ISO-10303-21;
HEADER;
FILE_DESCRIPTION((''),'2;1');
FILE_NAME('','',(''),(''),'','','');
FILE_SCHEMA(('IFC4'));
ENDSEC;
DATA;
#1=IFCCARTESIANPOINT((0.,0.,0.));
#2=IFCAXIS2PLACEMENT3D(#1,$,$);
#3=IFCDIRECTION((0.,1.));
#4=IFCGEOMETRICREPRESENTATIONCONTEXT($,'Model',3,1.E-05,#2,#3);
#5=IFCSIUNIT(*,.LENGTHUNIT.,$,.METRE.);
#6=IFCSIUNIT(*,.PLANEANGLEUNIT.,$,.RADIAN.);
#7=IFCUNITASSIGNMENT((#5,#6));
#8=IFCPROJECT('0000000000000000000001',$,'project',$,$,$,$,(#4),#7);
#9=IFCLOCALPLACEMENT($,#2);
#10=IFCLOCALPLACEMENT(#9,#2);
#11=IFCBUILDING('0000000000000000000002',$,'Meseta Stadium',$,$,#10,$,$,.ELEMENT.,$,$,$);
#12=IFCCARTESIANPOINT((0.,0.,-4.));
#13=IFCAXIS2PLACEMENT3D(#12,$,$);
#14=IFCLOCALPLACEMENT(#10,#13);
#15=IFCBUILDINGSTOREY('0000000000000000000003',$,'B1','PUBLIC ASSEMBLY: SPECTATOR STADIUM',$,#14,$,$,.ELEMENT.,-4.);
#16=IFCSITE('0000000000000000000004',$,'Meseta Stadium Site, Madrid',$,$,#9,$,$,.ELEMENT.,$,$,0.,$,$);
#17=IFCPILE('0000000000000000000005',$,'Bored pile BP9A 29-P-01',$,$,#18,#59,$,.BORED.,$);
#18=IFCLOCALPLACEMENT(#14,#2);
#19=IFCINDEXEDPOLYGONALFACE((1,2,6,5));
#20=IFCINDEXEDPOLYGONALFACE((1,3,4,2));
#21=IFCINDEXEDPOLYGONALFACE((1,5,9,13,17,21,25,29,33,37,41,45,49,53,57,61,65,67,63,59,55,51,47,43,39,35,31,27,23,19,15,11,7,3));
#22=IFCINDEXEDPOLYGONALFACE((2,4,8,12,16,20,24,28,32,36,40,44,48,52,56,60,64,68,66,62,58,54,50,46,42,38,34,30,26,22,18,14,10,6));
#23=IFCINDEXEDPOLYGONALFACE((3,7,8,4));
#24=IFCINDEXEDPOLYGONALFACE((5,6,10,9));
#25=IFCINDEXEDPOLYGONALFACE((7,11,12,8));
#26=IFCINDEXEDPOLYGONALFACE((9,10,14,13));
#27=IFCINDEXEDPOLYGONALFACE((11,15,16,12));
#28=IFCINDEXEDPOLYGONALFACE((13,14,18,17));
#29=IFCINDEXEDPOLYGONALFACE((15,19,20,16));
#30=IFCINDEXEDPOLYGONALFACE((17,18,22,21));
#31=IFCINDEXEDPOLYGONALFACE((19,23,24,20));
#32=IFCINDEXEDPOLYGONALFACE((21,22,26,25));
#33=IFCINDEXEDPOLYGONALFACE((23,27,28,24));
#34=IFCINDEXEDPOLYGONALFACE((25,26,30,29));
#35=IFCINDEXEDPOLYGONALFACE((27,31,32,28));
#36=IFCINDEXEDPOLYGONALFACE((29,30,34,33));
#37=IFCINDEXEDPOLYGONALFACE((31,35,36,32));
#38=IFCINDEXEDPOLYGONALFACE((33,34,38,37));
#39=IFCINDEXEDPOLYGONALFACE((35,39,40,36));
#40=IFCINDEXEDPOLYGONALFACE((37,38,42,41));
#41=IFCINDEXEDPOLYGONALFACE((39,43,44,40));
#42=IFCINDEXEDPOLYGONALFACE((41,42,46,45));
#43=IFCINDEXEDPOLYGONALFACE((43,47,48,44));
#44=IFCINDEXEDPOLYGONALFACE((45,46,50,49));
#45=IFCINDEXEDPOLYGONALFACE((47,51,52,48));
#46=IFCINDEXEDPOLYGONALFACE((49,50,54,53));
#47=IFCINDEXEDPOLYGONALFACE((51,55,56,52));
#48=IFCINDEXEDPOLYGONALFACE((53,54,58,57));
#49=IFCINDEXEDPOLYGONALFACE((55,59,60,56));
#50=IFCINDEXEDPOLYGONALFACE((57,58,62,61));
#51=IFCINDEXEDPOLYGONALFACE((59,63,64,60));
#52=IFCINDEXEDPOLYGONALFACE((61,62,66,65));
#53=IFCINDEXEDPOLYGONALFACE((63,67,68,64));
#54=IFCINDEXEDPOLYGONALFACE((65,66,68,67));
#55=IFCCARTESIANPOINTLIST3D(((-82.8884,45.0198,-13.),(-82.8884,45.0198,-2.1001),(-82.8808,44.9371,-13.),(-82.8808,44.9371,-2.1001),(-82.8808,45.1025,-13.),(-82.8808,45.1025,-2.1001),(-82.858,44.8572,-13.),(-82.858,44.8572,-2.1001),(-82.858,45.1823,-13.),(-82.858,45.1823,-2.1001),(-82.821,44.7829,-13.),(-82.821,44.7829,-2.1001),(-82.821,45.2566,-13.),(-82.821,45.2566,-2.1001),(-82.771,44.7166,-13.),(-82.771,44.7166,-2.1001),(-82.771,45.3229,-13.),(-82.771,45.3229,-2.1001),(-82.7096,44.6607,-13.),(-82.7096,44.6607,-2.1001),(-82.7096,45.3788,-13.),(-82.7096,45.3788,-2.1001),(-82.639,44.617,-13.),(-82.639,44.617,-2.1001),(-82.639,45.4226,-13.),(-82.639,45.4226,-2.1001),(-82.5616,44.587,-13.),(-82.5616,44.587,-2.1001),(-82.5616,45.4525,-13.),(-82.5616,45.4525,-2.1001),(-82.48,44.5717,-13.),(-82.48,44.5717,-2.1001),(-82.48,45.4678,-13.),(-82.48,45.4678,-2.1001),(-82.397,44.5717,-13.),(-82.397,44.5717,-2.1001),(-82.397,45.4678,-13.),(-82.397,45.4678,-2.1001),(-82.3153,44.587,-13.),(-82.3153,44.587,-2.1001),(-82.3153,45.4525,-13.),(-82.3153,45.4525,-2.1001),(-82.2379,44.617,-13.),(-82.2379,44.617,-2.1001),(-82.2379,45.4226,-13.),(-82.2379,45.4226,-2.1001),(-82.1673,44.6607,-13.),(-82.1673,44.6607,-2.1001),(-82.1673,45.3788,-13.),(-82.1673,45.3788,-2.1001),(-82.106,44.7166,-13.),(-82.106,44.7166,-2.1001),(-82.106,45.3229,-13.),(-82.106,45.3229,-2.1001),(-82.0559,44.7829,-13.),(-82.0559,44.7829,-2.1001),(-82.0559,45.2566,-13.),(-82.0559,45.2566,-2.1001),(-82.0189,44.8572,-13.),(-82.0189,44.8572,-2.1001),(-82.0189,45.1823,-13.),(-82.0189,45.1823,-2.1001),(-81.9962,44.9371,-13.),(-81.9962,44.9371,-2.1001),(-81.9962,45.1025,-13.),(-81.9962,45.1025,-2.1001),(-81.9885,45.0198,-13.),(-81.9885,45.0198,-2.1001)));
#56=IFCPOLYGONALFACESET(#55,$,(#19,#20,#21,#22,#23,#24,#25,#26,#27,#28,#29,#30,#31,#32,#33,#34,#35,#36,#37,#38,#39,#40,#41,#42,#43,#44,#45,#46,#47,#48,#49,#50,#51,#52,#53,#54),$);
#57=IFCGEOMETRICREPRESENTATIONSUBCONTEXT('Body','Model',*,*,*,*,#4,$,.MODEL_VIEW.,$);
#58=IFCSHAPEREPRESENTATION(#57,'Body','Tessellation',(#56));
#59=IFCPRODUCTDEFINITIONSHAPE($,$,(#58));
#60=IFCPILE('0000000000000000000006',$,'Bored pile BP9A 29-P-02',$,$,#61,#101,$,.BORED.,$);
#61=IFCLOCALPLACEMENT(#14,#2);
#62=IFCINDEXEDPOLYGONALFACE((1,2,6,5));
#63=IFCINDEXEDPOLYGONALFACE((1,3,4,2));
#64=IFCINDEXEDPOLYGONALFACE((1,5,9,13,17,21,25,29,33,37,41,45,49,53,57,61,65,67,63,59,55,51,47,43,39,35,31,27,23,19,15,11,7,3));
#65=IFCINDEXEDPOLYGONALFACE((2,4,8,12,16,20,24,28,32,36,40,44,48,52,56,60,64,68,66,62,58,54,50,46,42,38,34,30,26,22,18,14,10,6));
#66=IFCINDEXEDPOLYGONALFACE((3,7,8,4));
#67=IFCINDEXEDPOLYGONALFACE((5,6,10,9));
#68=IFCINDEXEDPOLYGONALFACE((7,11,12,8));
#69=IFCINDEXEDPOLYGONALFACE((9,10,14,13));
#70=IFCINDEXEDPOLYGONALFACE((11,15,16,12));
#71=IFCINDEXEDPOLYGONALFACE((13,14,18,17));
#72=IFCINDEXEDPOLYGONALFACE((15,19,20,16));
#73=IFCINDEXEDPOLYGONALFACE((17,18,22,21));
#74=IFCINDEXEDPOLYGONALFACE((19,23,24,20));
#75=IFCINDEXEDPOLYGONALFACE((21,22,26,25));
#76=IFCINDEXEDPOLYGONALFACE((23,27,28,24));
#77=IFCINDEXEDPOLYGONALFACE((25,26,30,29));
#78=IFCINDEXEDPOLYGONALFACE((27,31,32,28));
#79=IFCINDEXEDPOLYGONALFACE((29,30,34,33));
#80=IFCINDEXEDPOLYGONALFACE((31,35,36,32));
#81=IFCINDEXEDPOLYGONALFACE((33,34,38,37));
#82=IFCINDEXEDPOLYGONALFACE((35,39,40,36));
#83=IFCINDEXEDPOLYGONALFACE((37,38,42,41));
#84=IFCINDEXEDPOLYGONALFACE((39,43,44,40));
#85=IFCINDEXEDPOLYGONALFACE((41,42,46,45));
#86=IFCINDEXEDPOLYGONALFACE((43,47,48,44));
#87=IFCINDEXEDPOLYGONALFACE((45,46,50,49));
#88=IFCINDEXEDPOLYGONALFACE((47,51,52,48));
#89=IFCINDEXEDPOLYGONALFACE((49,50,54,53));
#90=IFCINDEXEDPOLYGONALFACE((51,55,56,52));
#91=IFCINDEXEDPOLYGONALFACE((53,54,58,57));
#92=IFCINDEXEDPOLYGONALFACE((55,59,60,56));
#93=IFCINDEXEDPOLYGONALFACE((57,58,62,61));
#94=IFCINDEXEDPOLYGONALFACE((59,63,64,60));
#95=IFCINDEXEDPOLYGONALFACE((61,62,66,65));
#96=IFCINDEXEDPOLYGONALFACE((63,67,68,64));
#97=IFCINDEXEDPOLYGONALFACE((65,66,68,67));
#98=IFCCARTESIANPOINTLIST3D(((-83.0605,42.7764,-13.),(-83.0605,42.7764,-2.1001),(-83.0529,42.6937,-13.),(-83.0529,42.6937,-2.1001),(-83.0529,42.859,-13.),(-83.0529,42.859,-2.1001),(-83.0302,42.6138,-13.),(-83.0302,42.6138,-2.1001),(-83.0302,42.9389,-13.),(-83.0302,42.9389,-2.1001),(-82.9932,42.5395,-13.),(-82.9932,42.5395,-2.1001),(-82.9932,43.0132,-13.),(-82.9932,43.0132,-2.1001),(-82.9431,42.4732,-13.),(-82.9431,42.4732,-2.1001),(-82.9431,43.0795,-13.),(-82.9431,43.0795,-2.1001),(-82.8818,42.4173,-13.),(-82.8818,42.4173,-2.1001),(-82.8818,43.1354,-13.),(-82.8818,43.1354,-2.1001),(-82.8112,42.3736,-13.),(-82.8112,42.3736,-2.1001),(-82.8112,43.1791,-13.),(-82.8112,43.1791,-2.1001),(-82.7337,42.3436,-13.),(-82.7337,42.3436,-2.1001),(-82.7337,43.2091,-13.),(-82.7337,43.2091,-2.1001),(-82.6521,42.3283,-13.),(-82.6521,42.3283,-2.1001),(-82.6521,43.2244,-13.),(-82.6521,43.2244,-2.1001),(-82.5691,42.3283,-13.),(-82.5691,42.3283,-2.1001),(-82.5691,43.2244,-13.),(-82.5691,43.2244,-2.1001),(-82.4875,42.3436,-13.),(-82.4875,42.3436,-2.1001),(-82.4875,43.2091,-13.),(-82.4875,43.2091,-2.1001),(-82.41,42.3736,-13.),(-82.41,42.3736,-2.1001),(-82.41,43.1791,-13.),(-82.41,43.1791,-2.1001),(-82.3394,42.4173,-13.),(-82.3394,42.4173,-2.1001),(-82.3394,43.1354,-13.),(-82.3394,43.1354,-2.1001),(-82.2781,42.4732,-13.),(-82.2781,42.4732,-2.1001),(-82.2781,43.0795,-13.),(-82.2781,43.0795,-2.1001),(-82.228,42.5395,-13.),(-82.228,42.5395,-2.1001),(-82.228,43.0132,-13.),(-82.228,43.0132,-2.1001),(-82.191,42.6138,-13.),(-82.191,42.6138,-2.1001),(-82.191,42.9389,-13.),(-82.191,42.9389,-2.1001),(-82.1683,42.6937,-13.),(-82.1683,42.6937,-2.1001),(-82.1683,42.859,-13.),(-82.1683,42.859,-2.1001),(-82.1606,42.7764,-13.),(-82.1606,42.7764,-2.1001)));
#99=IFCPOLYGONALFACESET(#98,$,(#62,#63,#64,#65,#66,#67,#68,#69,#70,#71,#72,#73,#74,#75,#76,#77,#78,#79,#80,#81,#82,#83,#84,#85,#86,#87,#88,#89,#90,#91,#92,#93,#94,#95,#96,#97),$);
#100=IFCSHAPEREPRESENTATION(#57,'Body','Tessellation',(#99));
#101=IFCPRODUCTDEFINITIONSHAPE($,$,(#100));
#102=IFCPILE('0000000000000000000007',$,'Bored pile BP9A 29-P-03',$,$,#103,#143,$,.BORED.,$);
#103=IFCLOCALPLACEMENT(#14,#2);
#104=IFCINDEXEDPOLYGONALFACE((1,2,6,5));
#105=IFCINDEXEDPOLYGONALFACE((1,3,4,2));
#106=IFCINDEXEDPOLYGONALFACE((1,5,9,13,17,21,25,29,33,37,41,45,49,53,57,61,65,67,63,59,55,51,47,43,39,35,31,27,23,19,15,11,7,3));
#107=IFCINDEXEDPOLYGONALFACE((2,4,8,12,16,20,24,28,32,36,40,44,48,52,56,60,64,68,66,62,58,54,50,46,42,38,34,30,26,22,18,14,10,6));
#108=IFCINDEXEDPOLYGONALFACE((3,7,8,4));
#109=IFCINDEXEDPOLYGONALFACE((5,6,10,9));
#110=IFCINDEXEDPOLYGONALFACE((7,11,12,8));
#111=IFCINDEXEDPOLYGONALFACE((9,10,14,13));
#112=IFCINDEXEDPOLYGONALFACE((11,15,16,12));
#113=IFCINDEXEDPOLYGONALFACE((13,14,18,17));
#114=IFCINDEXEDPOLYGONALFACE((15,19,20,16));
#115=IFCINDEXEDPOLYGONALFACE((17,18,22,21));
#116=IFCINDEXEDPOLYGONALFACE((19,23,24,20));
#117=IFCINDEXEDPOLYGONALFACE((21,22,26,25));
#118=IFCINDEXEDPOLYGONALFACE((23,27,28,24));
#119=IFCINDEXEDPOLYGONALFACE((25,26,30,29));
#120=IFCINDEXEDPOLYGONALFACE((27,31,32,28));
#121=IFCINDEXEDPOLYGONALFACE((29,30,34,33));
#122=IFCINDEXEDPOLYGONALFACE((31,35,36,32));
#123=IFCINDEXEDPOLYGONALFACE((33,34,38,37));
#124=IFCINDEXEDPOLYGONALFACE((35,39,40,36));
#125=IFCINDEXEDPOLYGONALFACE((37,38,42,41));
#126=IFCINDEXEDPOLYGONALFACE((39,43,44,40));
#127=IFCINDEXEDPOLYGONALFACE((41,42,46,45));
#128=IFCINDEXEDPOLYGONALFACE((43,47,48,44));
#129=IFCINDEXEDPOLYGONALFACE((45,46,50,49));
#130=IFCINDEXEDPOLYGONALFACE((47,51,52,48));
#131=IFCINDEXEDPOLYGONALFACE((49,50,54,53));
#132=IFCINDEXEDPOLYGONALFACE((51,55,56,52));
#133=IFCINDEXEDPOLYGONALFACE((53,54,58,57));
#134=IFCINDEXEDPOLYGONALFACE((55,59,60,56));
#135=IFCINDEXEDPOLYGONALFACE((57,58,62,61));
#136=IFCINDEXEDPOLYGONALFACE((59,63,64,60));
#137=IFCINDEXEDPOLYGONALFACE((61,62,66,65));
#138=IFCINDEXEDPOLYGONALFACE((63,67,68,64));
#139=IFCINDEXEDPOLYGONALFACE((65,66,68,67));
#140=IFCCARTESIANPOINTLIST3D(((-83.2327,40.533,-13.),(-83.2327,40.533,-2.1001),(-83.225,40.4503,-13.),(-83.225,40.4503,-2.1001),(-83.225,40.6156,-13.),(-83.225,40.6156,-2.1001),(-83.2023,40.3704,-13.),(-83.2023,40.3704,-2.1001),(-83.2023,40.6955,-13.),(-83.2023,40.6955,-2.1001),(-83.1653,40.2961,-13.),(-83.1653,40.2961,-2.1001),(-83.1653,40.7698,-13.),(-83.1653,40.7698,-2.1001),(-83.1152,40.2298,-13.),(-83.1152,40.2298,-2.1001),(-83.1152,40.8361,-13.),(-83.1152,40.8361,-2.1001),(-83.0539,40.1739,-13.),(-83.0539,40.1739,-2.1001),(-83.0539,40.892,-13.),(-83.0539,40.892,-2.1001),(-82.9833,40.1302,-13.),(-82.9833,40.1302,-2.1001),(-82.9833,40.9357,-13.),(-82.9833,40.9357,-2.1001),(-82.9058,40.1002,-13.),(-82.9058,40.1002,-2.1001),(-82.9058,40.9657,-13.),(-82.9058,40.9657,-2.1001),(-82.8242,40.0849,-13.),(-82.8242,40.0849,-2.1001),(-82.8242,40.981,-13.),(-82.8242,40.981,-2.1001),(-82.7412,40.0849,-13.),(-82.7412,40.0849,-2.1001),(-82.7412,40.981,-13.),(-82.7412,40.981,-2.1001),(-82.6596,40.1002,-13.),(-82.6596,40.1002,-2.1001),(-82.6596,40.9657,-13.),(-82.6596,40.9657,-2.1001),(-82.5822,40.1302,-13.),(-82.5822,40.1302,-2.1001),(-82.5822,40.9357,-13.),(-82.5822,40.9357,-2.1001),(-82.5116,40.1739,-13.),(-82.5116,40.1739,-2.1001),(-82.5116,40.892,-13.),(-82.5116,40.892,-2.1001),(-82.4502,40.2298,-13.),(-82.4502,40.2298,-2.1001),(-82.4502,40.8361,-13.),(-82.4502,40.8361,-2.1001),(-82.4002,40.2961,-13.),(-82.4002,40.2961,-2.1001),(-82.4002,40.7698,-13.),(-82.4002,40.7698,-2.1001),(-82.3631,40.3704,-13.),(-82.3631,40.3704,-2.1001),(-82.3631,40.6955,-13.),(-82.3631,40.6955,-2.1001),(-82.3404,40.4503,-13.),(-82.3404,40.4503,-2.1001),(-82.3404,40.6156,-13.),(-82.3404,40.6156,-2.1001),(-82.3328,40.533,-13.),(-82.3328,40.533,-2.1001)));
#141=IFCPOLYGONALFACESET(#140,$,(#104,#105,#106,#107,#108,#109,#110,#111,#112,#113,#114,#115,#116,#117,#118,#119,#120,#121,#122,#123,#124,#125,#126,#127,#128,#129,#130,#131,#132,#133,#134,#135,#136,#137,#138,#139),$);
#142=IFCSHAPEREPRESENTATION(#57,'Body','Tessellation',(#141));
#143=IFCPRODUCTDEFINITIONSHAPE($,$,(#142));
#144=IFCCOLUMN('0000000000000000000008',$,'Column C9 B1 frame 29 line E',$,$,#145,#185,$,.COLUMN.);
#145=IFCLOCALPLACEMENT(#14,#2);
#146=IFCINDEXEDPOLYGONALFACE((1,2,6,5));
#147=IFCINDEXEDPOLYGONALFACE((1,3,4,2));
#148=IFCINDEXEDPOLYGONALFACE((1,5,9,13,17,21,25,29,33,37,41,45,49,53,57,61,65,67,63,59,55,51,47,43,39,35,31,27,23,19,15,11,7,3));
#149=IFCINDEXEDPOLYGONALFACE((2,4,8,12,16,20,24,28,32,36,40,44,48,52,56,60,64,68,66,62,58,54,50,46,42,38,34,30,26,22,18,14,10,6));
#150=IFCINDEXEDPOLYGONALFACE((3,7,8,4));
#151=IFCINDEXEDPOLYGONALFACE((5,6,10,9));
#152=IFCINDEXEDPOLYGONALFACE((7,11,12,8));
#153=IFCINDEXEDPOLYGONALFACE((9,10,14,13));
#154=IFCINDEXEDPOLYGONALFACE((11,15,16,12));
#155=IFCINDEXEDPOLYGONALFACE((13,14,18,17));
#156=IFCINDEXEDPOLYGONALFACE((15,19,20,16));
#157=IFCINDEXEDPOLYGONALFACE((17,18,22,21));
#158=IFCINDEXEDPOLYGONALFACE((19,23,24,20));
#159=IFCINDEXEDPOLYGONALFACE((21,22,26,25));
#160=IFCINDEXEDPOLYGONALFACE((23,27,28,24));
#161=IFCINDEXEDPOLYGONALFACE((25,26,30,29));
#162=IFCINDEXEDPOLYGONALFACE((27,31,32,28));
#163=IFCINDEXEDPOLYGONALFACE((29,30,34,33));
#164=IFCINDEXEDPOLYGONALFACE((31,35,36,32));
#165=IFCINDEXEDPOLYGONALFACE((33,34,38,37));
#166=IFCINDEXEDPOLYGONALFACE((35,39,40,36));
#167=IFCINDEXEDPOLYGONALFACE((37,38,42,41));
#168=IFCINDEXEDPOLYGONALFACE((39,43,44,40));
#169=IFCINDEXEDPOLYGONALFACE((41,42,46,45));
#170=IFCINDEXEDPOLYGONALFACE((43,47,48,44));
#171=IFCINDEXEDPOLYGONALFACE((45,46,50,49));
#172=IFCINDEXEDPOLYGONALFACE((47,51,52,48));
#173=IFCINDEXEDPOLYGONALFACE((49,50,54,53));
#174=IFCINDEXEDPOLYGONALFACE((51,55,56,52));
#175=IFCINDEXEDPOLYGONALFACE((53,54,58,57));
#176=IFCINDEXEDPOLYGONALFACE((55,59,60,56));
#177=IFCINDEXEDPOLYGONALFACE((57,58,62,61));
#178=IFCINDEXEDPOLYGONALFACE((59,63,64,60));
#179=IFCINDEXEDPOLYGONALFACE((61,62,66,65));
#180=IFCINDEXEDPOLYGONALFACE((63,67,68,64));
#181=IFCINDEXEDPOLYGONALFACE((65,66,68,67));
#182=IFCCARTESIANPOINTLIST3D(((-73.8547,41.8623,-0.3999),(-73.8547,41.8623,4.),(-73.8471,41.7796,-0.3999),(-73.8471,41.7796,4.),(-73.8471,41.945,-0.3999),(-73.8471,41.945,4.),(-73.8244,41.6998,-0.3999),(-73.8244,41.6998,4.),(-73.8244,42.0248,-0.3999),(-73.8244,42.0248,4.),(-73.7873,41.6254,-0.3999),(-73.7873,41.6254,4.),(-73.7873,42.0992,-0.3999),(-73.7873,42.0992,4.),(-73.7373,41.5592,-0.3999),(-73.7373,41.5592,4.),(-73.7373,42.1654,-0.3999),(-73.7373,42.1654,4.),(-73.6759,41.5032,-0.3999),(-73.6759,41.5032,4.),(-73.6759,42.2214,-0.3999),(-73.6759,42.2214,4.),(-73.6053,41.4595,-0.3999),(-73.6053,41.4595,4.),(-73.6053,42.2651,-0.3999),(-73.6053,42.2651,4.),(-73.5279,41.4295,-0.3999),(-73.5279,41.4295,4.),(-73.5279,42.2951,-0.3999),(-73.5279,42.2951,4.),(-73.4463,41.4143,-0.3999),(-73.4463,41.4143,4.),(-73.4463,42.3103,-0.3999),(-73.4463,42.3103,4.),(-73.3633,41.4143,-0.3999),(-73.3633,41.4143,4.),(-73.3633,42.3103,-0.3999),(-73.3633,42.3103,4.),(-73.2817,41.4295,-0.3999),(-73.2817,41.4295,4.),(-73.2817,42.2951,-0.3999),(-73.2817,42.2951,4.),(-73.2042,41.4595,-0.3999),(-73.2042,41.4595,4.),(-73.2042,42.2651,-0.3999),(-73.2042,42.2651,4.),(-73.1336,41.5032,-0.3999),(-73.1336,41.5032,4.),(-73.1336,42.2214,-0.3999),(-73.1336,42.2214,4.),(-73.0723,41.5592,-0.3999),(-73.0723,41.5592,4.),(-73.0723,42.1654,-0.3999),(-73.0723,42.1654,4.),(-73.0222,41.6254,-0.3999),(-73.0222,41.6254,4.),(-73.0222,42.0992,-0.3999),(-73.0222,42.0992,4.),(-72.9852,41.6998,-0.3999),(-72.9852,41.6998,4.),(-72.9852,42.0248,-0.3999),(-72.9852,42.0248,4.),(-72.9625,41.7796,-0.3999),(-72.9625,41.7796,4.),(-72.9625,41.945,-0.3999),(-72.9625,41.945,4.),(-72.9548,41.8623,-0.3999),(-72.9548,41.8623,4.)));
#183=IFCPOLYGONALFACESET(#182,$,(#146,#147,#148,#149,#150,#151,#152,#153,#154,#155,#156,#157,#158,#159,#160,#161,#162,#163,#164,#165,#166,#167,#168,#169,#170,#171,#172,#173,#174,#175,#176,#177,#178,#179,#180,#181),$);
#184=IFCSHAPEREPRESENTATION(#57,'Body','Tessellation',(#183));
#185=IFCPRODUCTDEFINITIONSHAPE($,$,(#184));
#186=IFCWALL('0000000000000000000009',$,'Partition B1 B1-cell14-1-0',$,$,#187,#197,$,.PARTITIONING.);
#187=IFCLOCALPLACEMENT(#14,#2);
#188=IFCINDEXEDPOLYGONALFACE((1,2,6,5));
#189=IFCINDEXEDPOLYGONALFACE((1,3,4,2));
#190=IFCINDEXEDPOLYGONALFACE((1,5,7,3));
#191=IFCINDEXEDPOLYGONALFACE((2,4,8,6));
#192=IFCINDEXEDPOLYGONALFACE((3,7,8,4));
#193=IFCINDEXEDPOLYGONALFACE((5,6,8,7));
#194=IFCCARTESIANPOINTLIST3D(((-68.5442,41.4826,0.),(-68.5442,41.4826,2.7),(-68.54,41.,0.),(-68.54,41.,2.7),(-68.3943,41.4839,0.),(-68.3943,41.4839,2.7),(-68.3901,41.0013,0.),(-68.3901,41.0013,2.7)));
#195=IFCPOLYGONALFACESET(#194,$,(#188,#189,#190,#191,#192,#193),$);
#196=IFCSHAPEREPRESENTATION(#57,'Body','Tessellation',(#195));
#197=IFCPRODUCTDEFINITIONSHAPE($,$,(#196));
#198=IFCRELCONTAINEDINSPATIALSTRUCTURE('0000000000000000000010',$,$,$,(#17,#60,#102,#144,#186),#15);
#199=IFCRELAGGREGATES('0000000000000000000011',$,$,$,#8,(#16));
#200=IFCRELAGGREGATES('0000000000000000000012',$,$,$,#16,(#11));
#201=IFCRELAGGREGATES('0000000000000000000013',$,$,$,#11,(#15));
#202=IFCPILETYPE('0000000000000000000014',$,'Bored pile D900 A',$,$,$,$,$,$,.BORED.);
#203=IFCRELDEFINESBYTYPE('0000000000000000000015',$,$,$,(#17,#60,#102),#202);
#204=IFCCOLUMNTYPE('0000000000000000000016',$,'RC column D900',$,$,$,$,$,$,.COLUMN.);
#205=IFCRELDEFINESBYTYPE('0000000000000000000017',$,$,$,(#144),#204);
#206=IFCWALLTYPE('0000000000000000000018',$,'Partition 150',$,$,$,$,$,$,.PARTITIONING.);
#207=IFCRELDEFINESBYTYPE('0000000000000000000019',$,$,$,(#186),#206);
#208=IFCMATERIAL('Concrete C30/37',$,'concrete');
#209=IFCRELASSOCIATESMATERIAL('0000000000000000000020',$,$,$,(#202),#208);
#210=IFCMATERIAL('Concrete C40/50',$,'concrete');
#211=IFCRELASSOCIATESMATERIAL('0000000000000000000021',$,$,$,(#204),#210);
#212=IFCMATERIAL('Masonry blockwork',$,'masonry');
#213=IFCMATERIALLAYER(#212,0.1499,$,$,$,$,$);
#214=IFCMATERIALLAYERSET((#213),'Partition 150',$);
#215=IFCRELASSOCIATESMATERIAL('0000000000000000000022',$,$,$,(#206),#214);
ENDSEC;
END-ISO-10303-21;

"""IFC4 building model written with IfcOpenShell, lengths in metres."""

from ifc_helpers import new_model, si_unit, direction, frame, frame_2d, origin, origin_2d, place, context, subcontext, project, spatial, rectangle, circle, extrude, material, layer, layer_set, material_profile, profile_set, type_object, element, save


model = new_model("IFC4")

# Units and contexts
model_context = context("Model", 3, precision=1e-05, world=origin(), true_north=direction((0.0, 1.0)))
body_context = subcontext(model_context, "Body", "Model", "MODEL_VIEW")
ifc_project = project(units=[si_unit("LENGTHUNIT", "METRE"), si_unit("PLANEANGLEUNIT", "RADIAN")], contexts=[model_context])

# Site, building, storey
site_placement = place(None, origin())
site = spatial("IfcSite", under=ifc_project, at=site_placement, Name="Meseta Stadium Site, Madrid", CompositionType="ELEMENT", RefElevation=0.0)
building_placement = place(site_placement, origin())
building = spatial("IfcBuilding", under=site, at=building_placement, Name="Meseta Stadium", CompositionType="ELEMENT")
storey_placement = place(building_placement, frame((0.0, 0.0, -4.0)))
storey = spatial("IfcBuildingStorey", under=building, at=storey_placement, Name="B1", Description="PUBLIC ASSEMBLY: SPECTATOR STADIUM", CompositionType="ELEMENT", Elevation=-4.0)

# Piles
ifc_material_1 = material(Name="Concrete C30/37", Category="concrete")
ifc_material_profile_1 = material_profile(ifc_material_1, circle(Radius=0.45, at=origin_2d()), Name="D900")
ifc_profile_set_1 = profile_set([ifc_material_profile_1], Name="Concrete C30/37")
pile_type = type_object("IfcPileType", Name="Bored pile D900 A", PredefinedType="BORED", material=ifc_profile_set_1)
for number, where, z_axis, x_axis, name in (
    (1, (-82.4385, 45.0198, -2.1001), (0.0, 0.0, -1.0), (1.0, 0.0, 0.0), "Bored pile BP9A 29-P-01"),
    (2, (-82.6106, 42.7764, -2.1001), (0.0, 0.0, -1.0), (1.0, 0.0, 0.0), "Bored pile BP9A 29-P-02"),
    (3, (-82.7827, 40.533, -2.1001), (0.0, 0.0, -1.0), (1.0, 0.0, 0.0), "Bored pile BP9A 29-P-03"),
):
    element("IfcPile", number, at=place(storey_placement, frame(where, z_axis=z_axis, x_axis=x_axis)), inside=storey, type_object=pile_type, Name=name, PredefinedType="BORED", context=body_context, shape_type="SweptSolid", body=[
        extrude(circle(Radius=0.45, at=origin_2d()), origin(), (0.0, 0.0, 1.0), 10.8999),
    ])

# Column
ifc_material_2 = material(Name="Concrete C40/50", Category="concrete")
ifc_material_profile_2 = material_profile(ifc_material_2, circle(Radius=0.45, at=origin_2d()), Name="RC D900")
ifc_profile_set_2 = profile_set([ifc_material_profile_2], Name="Concrete C40/50")
column_type = type_object("IfcColumnType", Name="RC column D900", PredefinedType="COLUMN", material=ifc_profile_set_2)
column_placement = place(storey_placement, frame((-73.4048, 41.8623, -0.3999), z_axis=(0.0, 0.0, 1.0), x_axis=(1.0, 0.0, 0.0)))
element("IfcColumn", 4, at=column_placement, inside=storey, type_object=column_type, Name="Column C9 B1 frame 29 line E", PredefinedType="COLUMN", context=body_context, shape_type="SweptSolid", body=[
    extrude(circle(Radius=0.45, at=origin_2d()), origin(), (0.0, 0.0, 1.0), 4.3999),
])

# Wall
ifc_material_3 = material(Name="Masonry blockwork", Category="masonry")
ifc_layer = layer(ifc_material_3, 0.1499)
ifc_layer_set = layer_set([ifc_layer], Name="Partition 150")
wall_type = type_object("IfcWallType", Name="Partition 150", PredefinedType="PARTITIONING", material=ifc_layer_set)
wall_1_placement = place(storey_placement, frame((-68.4651, 41.0007, 0.0), z_axis=(0.0, 0.0, 1.0), x_axis=(-0.008599, 0.999963, 0.0)))
element("IfcWall", 5, at=wall_1_placement, inside=storey, type_object=wall_type, Name="Partition B1 B1-cell14-1-0", PredefinedType="PARTITIONING", context=body_context, shape_type="SweptSolid", body=[
    extrude(rectangle(XDim=0.4827, YDim=0.1499, at=frame_2d((0.2412, 0.0))), origin(), (0.0, 0.0, 1.0), 2.7),
])

save(model, "model.ifc")
